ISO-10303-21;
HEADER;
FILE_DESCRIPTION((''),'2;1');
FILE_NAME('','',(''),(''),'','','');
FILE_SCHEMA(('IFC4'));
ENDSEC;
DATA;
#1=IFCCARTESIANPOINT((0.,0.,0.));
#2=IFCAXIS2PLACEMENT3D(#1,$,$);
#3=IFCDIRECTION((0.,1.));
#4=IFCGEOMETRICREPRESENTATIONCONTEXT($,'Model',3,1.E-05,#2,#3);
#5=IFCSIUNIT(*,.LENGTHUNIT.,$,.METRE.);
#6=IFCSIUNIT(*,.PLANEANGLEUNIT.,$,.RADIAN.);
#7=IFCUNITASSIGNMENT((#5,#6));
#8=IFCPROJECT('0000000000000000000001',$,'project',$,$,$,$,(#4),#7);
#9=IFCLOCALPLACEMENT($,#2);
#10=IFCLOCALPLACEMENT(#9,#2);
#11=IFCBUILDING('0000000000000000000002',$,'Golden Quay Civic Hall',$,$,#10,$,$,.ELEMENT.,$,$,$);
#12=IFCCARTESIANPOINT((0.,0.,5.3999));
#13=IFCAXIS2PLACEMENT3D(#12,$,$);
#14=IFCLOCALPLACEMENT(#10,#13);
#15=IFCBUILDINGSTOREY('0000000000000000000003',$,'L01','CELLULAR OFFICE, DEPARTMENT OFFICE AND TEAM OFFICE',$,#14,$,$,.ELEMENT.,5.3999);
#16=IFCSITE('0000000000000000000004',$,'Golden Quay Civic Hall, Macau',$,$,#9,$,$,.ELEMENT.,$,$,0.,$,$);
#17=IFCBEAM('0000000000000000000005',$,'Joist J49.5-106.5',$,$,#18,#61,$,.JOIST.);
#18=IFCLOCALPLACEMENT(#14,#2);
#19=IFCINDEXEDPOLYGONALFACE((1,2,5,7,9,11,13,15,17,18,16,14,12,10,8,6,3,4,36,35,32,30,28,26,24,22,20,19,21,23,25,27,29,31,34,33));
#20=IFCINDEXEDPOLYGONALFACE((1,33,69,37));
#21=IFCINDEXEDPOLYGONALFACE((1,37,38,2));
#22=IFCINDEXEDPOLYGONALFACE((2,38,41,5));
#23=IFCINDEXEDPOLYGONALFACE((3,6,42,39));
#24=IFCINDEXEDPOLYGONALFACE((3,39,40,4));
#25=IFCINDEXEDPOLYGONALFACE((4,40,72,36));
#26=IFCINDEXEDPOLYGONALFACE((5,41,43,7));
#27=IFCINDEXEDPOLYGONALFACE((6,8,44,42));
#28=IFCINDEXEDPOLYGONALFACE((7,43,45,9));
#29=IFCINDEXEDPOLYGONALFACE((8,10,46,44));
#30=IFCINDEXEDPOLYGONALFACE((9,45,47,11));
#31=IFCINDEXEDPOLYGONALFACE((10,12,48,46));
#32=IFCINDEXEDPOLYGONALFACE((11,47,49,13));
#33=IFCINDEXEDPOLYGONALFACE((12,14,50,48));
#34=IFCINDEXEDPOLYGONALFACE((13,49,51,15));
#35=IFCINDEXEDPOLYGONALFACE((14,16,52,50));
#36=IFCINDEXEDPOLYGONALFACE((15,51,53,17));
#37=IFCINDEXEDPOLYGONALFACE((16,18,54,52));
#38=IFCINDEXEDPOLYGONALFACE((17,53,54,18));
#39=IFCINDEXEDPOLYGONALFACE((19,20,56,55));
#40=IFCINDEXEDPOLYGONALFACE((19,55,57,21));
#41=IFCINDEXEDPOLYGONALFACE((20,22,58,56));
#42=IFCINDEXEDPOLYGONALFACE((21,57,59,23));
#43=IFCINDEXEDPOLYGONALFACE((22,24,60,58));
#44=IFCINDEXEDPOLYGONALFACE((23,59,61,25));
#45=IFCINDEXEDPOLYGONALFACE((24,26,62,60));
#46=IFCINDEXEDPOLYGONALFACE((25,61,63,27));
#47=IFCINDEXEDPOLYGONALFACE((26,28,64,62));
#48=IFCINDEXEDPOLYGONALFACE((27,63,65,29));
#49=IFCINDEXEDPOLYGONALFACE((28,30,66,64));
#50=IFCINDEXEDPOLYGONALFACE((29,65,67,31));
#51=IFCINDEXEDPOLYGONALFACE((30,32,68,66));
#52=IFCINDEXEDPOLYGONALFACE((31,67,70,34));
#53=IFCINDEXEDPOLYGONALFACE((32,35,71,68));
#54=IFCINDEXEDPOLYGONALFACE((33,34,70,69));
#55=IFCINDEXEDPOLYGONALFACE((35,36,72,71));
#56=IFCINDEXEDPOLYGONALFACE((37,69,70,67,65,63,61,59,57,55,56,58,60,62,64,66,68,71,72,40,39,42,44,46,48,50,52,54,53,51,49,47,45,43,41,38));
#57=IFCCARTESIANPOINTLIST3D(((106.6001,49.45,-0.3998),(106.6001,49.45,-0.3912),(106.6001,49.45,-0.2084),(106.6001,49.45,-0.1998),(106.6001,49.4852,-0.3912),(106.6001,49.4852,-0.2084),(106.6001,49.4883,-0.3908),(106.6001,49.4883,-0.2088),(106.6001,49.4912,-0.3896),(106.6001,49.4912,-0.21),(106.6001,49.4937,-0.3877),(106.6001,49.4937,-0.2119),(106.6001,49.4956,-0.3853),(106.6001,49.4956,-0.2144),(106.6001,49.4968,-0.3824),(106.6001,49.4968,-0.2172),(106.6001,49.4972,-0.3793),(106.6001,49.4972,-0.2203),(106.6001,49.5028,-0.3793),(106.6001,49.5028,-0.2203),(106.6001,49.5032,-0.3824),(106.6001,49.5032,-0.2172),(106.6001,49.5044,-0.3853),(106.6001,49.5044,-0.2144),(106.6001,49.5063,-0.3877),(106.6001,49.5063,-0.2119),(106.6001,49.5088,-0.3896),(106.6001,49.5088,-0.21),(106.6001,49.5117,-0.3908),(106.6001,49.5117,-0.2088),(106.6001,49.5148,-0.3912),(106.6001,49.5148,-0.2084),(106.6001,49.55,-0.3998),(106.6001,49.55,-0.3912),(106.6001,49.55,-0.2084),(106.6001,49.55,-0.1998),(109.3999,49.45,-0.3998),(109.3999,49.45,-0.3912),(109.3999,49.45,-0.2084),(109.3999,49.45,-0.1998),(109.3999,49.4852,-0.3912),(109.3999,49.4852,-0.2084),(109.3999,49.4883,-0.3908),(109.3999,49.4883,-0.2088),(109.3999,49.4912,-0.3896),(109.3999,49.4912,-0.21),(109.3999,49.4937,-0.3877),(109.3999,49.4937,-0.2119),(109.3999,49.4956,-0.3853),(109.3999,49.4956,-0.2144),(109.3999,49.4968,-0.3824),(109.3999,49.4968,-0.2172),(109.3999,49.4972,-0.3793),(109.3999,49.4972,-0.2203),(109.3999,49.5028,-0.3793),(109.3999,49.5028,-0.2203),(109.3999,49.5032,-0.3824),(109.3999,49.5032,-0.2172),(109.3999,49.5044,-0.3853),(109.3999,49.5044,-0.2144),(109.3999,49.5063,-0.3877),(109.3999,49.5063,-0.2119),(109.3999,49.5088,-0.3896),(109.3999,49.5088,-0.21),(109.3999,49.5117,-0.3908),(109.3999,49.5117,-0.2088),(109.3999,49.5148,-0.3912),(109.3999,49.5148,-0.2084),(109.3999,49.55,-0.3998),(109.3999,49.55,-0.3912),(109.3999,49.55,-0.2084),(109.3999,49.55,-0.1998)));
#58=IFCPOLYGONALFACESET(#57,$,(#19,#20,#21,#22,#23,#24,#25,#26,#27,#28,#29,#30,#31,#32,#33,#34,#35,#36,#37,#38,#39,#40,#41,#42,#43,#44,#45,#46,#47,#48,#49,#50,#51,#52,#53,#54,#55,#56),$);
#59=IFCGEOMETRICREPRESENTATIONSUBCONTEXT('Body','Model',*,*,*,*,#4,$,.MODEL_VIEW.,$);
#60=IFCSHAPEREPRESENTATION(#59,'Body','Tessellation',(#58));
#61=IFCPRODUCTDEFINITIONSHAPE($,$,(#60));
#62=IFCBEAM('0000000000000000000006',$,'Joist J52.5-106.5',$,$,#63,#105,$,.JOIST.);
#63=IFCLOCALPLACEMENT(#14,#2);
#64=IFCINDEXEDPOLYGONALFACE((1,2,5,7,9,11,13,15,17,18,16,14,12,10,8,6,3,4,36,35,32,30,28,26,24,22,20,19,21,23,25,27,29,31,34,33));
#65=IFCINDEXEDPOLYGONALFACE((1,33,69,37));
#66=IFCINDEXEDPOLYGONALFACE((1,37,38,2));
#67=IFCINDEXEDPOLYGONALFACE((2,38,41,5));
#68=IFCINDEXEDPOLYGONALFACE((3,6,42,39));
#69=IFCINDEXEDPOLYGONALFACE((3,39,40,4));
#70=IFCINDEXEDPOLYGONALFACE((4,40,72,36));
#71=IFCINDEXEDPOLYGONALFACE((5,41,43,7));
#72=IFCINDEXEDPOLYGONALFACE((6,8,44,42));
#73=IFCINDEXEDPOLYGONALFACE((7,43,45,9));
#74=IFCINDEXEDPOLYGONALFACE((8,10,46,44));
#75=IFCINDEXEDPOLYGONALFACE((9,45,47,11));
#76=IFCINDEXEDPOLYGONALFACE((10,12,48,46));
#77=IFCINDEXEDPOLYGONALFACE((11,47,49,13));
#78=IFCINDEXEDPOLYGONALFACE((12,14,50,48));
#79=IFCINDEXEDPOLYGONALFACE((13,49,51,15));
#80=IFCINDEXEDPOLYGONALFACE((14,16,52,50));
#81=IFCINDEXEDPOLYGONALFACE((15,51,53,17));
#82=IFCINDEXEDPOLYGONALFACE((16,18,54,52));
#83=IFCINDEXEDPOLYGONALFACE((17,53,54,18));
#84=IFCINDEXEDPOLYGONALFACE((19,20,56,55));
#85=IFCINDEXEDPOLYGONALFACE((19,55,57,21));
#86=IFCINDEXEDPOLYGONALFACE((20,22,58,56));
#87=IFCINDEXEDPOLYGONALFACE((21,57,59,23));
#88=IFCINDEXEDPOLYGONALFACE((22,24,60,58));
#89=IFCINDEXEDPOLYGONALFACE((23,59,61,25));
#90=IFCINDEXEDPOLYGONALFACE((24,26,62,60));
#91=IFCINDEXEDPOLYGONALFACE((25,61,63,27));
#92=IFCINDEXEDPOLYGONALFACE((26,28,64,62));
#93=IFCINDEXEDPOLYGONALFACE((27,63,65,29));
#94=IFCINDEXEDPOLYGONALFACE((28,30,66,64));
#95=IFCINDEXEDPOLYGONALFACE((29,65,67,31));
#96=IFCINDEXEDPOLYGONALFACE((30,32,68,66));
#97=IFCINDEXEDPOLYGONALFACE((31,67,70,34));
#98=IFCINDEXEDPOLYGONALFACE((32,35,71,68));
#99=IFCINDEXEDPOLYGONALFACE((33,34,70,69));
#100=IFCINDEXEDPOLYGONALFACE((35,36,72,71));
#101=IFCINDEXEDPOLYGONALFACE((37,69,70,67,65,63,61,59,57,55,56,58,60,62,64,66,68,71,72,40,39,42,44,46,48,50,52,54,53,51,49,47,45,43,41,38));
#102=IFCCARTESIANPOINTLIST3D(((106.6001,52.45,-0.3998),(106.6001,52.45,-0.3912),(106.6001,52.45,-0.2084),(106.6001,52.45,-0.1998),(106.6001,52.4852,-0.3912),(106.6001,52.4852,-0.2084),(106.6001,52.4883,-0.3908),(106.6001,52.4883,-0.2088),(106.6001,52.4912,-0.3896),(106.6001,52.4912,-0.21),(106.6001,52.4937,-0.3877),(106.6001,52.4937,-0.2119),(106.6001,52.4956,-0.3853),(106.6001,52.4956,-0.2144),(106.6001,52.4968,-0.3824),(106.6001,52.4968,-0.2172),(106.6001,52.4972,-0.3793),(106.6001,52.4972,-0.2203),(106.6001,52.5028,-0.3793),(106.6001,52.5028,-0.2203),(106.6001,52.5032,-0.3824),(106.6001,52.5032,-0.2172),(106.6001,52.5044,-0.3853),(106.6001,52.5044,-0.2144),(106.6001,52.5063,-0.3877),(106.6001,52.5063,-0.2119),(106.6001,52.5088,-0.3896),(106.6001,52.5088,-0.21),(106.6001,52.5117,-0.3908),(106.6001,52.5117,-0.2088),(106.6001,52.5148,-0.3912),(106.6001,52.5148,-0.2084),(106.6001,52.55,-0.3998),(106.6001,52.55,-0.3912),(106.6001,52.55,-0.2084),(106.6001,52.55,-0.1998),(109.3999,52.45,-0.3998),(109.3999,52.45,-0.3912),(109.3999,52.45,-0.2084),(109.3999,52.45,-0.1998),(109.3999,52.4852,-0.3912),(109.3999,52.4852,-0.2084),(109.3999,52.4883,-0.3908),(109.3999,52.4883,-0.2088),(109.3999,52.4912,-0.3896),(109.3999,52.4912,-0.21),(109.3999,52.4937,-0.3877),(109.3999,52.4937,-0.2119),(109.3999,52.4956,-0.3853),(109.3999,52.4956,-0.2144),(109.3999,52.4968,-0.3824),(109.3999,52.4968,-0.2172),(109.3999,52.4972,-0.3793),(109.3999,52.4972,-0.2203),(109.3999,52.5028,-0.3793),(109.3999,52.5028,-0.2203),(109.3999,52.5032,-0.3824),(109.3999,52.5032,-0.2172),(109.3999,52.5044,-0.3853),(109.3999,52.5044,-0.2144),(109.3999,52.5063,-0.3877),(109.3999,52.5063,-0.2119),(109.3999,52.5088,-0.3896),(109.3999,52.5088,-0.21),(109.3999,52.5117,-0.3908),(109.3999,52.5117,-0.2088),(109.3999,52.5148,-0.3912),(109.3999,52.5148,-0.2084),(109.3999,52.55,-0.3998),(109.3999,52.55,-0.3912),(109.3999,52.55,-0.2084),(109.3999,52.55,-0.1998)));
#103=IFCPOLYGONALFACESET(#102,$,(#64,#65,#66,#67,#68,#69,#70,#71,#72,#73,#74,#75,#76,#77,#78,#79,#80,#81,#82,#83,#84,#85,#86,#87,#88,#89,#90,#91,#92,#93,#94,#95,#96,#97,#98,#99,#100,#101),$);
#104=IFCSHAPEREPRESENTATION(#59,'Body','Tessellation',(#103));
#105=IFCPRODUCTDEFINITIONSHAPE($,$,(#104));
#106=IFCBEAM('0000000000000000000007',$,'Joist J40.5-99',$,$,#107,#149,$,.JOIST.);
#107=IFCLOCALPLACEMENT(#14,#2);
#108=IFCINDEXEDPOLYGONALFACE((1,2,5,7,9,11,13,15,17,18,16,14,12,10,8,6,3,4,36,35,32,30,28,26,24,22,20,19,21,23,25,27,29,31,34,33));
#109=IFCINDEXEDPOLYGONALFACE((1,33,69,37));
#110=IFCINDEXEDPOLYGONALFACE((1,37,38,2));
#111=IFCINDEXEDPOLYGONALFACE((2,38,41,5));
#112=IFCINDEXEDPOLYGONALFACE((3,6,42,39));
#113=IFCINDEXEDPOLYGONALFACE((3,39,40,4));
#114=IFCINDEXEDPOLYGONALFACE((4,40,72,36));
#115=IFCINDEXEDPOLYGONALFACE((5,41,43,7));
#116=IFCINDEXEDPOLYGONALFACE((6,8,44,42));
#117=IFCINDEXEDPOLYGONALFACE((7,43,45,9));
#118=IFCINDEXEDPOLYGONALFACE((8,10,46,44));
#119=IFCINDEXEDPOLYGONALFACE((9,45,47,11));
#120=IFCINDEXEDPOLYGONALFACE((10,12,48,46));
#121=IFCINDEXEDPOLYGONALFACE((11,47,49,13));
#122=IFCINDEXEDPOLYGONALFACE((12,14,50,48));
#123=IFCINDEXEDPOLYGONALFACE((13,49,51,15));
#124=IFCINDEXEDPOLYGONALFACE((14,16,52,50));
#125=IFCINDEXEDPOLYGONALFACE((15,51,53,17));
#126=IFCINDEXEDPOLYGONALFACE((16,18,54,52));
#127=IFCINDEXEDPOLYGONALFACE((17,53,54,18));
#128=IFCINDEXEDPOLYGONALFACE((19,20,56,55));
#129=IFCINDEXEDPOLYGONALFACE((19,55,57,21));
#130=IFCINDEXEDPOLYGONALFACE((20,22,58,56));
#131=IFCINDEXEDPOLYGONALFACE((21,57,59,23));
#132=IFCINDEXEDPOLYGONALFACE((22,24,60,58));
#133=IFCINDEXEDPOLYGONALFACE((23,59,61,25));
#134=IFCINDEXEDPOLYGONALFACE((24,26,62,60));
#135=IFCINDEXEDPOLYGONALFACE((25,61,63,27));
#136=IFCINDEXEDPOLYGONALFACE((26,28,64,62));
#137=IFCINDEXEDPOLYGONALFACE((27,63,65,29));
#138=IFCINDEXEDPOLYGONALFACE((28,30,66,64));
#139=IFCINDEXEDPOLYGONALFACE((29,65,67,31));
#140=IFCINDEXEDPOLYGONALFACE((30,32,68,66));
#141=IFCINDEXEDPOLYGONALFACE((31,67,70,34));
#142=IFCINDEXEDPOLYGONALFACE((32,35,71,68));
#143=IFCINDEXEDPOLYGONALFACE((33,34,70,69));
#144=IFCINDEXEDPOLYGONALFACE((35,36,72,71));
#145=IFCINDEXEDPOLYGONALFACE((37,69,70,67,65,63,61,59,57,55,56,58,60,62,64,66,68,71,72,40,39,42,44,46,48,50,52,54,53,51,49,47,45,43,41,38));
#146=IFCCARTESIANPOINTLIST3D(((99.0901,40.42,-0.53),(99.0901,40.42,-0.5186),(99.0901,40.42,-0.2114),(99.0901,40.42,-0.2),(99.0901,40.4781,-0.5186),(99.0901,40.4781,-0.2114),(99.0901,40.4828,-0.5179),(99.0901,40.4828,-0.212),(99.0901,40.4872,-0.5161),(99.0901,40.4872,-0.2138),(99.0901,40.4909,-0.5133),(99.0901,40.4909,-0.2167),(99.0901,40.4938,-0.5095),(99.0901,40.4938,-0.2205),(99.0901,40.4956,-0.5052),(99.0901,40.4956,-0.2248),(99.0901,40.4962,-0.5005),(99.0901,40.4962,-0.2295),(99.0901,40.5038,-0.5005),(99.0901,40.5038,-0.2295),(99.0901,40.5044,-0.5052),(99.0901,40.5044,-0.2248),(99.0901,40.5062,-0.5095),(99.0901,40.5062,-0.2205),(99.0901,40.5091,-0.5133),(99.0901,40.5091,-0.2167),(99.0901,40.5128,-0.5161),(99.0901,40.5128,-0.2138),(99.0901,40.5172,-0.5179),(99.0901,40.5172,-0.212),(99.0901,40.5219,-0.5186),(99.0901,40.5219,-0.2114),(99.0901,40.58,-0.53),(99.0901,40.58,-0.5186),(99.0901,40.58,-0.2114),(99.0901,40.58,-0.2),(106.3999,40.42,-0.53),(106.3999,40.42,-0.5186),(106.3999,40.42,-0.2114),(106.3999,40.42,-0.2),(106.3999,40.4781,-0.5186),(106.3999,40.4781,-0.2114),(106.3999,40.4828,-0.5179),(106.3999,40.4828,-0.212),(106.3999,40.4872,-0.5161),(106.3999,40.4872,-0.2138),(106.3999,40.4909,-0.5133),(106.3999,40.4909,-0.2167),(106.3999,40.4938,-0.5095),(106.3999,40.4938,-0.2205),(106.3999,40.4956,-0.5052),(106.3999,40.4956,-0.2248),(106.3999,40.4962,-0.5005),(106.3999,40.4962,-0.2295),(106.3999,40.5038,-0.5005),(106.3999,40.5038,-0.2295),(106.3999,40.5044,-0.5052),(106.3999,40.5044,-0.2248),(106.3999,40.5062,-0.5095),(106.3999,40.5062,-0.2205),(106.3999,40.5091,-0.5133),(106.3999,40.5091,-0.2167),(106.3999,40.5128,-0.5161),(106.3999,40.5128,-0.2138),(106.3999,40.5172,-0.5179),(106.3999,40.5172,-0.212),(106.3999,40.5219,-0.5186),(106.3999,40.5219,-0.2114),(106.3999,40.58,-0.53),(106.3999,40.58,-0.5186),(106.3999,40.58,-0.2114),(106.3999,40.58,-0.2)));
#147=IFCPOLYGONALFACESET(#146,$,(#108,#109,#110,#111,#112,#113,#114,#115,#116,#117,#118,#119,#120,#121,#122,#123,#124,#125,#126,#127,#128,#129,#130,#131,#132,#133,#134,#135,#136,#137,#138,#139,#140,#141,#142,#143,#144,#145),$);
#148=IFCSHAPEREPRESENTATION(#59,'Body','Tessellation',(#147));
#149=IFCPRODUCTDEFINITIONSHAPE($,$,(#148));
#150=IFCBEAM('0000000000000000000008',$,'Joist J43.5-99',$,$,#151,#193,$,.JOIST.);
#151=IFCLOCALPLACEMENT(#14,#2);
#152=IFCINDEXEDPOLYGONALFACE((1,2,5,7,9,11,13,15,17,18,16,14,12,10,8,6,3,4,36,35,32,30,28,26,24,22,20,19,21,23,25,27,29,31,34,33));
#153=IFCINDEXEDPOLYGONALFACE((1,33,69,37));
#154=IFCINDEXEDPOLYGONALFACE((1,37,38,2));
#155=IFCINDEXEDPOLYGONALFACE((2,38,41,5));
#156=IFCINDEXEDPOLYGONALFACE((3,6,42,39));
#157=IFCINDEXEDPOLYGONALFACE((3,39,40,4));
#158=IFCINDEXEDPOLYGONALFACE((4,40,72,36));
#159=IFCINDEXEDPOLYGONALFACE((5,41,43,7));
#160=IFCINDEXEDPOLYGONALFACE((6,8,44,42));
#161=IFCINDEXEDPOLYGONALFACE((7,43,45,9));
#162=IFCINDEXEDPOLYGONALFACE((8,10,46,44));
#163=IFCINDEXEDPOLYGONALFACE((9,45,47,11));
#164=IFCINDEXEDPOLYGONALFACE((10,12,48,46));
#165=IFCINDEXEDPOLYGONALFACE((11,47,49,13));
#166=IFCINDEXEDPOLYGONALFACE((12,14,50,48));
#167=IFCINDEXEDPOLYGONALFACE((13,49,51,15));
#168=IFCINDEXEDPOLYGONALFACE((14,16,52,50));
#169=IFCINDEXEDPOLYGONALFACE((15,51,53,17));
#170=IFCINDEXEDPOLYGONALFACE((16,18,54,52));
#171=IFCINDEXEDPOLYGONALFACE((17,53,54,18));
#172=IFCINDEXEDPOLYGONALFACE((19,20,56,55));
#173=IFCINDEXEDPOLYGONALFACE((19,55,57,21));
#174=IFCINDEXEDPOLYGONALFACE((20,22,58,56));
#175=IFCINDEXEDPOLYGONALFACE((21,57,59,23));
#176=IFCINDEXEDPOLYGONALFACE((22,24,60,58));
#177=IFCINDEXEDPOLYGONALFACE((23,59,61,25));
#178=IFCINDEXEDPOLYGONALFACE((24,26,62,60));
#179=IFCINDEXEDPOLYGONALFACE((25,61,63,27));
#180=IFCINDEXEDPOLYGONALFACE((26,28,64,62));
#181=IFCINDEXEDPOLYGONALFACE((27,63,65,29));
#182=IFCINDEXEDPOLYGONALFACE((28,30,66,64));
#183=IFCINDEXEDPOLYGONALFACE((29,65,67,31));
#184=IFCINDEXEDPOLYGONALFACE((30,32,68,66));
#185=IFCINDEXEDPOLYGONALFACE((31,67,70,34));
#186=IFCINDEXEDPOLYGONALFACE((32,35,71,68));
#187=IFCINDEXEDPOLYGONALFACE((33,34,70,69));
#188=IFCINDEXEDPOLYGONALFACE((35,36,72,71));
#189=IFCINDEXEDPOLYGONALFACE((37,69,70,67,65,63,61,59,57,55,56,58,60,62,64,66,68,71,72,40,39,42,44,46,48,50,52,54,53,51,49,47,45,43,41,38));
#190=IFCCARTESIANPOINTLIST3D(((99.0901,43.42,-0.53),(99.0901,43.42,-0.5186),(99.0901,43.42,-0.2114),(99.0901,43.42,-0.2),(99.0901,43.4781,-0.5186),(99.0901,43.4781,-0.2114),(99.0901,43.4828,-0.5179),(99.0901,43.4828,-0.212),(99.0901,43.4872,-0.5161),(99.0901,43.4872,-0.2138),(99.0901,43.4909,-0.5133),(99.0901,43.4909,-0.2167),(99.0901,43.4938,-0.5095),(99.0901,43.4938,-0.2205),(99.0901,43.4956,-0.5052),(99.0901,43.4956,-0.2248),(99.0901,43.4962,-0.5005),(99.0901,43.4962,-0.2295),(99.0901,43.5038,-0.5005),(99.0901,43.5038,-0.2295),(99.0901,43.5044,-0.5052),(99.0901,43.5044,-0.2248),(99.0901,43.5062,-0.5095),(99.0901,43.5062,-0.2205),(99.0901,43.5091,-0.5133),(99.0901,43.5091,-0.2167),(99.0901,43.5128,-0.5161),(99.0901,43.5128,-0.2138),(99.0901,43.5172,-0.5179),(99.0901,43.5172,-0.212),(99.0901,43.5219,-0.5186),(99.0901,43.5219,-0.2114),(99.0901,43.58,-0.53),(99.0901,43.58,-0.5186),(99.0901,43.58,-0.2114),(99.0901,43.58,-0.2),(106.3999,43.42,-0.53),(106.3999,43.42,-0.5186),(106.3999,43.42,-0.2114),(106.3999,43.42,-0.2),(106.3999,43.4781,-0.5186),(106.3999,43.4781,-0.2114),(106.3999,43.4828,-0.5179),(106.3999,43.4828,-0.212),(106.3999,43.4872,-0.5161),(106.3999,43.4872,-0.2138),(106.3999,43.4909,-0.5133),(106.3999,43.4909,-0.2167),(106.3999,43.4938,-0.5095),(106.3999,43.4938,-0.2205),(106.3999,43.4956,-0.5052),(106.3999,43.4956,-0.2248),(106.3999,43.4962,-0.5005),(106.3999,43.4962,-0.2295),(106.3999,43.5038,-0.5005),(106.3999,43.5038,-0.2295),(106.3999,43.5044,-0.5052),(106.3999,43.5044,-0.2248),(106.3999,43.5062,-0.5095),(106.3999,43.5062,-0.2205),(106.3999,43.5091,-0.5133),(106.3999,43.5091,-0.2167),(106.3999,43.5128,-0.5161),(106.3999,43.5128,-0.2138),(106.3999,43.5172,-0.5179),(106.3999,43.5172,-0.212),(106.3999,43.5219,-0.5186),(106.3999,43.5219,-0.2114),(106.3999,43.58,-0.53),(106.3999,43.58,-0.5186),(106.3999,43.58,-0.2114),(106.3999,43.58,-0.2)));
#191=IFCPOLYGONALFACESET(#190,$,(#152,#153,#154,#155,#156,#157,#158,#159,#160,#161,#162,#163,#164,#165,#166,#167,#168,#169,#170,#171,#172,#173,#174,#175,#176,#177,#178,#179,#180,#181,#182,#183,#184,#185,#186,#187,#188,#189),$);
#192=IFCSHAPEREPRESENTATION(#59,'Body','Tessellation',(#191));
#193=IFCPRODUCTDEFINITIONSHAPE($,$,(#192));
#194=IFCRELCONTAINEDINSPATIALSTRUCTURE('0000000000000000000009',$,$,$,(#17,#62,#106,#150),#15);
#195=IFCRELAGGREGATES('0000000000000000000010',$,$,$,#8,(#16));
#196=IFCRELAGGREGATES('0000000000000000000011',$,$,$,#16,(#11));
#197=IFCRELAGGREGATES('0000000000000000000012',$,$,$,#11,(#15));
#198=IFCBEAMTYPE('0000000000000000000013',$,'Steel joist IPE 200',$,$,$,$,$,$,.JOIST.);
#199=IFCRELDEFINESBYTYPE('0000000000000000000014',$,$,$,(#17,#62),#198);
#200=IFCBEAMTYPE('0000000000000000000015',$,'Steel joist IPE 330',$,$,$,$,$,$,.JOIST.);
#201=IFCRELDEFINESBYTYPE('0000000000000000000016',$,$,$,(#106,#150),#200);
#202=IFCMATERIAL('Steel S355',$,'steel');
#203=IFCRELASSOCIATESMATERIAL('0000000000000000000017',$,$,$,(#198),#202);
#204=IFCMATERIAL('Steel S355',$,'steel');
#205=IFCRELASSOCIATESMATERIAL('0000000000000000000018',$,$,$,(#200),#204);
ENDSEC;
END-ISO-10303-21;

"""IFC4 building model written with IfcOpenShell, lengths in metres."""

from ifc_helpers import new_model, si_unit, direction, frame, origin, origin_2d, place, context, subcontext, project, spatial, i_section, extrude, material, material_profile, profile_set, type_object, element, save


model = new_model("IFC4")

# Units and contexts
model_context = context("Model", 3, precision=1e-05, world=origin(), true_north=direction((0.0, 1.0)))
body_context = subcontext(model_context, "Body", "Model", "MODEL_VIEW")
ifc_project = project(units=[si_unit("LENGTHUNIT", "METRE"), si_unit("PLANEANGLEUNIT", "RADIAN")], contexts=[model_context])

# Site, building, storey
site_placement = place(None, origin())
site = spatial("IfcSite", under=ifc_project, at=site_placement, Name="Golden Quay Civic Hall, Macau", CompositionType="ELEMENT", RefElevation=0.0)
building_placement = place(site_placement, origin())
building = spatial("IfcBuilding", under=site, at=building_placement, Name="Golden Quay Civic Hall", CompositionType="ELEMENT")
storey_placement = place(building_placement, frame((0.0, 0.0, 5.3999)))
storey = spatial("IfcBuildingStorey", under=building, at=storey_placement, Name="L01", Description="CELLULAR OFFICE, DEPARTMENT OFFICE AND TEAM OFFICE", CompositionType="ELEMENT", Elevation=5.3999)

# Beams
ifc_material_1 = material(Name="Steel S355", Category="steel")
ifc_material_profile_1 = material_profile(ifc_material_1, i_section(OverallWidth=0.1001, OverallDepth=0.2, WebThickness=0.0056, FlangeThickness=0.0085, FilletRadius=0.012, at=origin_2d()), Name="IPE 200")
ifc_profile_set_1 = profile_set([ifc_material_profile_1], Name="Steel S355")
beam_type_1 = type_object("IfcBeamType", Name="Steel joist IPE 200", PredefinedType="JOIST", material=ifc_profile_set_1)
for number, where, z_axis, x_axis, name in (
    (1, (106.6001, 49.5, -0.2998), (1.0, 0.0, 0.0), (0.0, 1.0, 0.0), "Joist J49.5-106.5"),
    (2, (106.6001, 52.5, -0.2998), (1.0, 0.0, 0.0), (0.0, 1.0, 0.0), "Joist J52.5-106.5"),
):
    element("IfcBeam", number, at=place(storey_placement, frame(where, z_axis=z_axis, x_axis=x_axis)), inside=storey, type_object=beam_type_1, Name=name, PredefinedType="JOIST", context=body_context, shape_type="SweptSolid", body=[
        extrude(i_section(OverallWidth=0.1001, OverallDepth=0.2, WebThickness=0.0056, FlangeThickness=0.0085, FilletRadius=0.012, at=origin_2d()), origin(), (0.0, 0.0, 1.0), 2.7998),
    ])
ifc_material_2 = material(Name="Steel S355", Category="steel")
ifc_material_profile_2 = material_profile(ifc_material_2, i_section(OverallWidth=0.1599, OverallDepth=0.3301, WebThickness=0.0076, FlangeThickness=0.0115, FilletRadius=0.0181, at=origin_2d()), Name="IPE 330")
ifc_profile_set_2 = profile_set([ifc_material_profile_2], Name="Steel S355")
beam_type_2 = type_object("IfcBeamType", Name="Steel joist IPE 330", PredefinedType="JOIST", material=ifc_profile_set_2)
for number, where, z_axis, x_axis, name in (
    (3, (99.0901, 40.5, -0.365), (1.0, 0.0, 0.0), (0.0, 1.0, 0.0), "Joist J40.5-99"),
    (4, (99.0901, 43.5, -0.365), (1.0, 0.0, 0.0), (0.0, 1.0, 0.0), "Joist J43.5-99"),
):
    element("IfcBeam", number, at=place(storey_placement, frame(where, z_axis=z_axis, x_axis=x_axis)), inside=storey, type_object=beam_type_2, Name=name, PredefinedType="JOIST", context=body_context, shape_type="SweptSolid", body=[
        extrude(i_section(OverallWidth=0.1599, OverallDepth=0.3301, WebThickness=0.0076, FlangeThickness=0.0115, FilletRadius=0.0181, at=origin_2d()), origin(), (0.0, 0.0, 1.0), 7.3098),
    ])

save(model, "model.ifc")
